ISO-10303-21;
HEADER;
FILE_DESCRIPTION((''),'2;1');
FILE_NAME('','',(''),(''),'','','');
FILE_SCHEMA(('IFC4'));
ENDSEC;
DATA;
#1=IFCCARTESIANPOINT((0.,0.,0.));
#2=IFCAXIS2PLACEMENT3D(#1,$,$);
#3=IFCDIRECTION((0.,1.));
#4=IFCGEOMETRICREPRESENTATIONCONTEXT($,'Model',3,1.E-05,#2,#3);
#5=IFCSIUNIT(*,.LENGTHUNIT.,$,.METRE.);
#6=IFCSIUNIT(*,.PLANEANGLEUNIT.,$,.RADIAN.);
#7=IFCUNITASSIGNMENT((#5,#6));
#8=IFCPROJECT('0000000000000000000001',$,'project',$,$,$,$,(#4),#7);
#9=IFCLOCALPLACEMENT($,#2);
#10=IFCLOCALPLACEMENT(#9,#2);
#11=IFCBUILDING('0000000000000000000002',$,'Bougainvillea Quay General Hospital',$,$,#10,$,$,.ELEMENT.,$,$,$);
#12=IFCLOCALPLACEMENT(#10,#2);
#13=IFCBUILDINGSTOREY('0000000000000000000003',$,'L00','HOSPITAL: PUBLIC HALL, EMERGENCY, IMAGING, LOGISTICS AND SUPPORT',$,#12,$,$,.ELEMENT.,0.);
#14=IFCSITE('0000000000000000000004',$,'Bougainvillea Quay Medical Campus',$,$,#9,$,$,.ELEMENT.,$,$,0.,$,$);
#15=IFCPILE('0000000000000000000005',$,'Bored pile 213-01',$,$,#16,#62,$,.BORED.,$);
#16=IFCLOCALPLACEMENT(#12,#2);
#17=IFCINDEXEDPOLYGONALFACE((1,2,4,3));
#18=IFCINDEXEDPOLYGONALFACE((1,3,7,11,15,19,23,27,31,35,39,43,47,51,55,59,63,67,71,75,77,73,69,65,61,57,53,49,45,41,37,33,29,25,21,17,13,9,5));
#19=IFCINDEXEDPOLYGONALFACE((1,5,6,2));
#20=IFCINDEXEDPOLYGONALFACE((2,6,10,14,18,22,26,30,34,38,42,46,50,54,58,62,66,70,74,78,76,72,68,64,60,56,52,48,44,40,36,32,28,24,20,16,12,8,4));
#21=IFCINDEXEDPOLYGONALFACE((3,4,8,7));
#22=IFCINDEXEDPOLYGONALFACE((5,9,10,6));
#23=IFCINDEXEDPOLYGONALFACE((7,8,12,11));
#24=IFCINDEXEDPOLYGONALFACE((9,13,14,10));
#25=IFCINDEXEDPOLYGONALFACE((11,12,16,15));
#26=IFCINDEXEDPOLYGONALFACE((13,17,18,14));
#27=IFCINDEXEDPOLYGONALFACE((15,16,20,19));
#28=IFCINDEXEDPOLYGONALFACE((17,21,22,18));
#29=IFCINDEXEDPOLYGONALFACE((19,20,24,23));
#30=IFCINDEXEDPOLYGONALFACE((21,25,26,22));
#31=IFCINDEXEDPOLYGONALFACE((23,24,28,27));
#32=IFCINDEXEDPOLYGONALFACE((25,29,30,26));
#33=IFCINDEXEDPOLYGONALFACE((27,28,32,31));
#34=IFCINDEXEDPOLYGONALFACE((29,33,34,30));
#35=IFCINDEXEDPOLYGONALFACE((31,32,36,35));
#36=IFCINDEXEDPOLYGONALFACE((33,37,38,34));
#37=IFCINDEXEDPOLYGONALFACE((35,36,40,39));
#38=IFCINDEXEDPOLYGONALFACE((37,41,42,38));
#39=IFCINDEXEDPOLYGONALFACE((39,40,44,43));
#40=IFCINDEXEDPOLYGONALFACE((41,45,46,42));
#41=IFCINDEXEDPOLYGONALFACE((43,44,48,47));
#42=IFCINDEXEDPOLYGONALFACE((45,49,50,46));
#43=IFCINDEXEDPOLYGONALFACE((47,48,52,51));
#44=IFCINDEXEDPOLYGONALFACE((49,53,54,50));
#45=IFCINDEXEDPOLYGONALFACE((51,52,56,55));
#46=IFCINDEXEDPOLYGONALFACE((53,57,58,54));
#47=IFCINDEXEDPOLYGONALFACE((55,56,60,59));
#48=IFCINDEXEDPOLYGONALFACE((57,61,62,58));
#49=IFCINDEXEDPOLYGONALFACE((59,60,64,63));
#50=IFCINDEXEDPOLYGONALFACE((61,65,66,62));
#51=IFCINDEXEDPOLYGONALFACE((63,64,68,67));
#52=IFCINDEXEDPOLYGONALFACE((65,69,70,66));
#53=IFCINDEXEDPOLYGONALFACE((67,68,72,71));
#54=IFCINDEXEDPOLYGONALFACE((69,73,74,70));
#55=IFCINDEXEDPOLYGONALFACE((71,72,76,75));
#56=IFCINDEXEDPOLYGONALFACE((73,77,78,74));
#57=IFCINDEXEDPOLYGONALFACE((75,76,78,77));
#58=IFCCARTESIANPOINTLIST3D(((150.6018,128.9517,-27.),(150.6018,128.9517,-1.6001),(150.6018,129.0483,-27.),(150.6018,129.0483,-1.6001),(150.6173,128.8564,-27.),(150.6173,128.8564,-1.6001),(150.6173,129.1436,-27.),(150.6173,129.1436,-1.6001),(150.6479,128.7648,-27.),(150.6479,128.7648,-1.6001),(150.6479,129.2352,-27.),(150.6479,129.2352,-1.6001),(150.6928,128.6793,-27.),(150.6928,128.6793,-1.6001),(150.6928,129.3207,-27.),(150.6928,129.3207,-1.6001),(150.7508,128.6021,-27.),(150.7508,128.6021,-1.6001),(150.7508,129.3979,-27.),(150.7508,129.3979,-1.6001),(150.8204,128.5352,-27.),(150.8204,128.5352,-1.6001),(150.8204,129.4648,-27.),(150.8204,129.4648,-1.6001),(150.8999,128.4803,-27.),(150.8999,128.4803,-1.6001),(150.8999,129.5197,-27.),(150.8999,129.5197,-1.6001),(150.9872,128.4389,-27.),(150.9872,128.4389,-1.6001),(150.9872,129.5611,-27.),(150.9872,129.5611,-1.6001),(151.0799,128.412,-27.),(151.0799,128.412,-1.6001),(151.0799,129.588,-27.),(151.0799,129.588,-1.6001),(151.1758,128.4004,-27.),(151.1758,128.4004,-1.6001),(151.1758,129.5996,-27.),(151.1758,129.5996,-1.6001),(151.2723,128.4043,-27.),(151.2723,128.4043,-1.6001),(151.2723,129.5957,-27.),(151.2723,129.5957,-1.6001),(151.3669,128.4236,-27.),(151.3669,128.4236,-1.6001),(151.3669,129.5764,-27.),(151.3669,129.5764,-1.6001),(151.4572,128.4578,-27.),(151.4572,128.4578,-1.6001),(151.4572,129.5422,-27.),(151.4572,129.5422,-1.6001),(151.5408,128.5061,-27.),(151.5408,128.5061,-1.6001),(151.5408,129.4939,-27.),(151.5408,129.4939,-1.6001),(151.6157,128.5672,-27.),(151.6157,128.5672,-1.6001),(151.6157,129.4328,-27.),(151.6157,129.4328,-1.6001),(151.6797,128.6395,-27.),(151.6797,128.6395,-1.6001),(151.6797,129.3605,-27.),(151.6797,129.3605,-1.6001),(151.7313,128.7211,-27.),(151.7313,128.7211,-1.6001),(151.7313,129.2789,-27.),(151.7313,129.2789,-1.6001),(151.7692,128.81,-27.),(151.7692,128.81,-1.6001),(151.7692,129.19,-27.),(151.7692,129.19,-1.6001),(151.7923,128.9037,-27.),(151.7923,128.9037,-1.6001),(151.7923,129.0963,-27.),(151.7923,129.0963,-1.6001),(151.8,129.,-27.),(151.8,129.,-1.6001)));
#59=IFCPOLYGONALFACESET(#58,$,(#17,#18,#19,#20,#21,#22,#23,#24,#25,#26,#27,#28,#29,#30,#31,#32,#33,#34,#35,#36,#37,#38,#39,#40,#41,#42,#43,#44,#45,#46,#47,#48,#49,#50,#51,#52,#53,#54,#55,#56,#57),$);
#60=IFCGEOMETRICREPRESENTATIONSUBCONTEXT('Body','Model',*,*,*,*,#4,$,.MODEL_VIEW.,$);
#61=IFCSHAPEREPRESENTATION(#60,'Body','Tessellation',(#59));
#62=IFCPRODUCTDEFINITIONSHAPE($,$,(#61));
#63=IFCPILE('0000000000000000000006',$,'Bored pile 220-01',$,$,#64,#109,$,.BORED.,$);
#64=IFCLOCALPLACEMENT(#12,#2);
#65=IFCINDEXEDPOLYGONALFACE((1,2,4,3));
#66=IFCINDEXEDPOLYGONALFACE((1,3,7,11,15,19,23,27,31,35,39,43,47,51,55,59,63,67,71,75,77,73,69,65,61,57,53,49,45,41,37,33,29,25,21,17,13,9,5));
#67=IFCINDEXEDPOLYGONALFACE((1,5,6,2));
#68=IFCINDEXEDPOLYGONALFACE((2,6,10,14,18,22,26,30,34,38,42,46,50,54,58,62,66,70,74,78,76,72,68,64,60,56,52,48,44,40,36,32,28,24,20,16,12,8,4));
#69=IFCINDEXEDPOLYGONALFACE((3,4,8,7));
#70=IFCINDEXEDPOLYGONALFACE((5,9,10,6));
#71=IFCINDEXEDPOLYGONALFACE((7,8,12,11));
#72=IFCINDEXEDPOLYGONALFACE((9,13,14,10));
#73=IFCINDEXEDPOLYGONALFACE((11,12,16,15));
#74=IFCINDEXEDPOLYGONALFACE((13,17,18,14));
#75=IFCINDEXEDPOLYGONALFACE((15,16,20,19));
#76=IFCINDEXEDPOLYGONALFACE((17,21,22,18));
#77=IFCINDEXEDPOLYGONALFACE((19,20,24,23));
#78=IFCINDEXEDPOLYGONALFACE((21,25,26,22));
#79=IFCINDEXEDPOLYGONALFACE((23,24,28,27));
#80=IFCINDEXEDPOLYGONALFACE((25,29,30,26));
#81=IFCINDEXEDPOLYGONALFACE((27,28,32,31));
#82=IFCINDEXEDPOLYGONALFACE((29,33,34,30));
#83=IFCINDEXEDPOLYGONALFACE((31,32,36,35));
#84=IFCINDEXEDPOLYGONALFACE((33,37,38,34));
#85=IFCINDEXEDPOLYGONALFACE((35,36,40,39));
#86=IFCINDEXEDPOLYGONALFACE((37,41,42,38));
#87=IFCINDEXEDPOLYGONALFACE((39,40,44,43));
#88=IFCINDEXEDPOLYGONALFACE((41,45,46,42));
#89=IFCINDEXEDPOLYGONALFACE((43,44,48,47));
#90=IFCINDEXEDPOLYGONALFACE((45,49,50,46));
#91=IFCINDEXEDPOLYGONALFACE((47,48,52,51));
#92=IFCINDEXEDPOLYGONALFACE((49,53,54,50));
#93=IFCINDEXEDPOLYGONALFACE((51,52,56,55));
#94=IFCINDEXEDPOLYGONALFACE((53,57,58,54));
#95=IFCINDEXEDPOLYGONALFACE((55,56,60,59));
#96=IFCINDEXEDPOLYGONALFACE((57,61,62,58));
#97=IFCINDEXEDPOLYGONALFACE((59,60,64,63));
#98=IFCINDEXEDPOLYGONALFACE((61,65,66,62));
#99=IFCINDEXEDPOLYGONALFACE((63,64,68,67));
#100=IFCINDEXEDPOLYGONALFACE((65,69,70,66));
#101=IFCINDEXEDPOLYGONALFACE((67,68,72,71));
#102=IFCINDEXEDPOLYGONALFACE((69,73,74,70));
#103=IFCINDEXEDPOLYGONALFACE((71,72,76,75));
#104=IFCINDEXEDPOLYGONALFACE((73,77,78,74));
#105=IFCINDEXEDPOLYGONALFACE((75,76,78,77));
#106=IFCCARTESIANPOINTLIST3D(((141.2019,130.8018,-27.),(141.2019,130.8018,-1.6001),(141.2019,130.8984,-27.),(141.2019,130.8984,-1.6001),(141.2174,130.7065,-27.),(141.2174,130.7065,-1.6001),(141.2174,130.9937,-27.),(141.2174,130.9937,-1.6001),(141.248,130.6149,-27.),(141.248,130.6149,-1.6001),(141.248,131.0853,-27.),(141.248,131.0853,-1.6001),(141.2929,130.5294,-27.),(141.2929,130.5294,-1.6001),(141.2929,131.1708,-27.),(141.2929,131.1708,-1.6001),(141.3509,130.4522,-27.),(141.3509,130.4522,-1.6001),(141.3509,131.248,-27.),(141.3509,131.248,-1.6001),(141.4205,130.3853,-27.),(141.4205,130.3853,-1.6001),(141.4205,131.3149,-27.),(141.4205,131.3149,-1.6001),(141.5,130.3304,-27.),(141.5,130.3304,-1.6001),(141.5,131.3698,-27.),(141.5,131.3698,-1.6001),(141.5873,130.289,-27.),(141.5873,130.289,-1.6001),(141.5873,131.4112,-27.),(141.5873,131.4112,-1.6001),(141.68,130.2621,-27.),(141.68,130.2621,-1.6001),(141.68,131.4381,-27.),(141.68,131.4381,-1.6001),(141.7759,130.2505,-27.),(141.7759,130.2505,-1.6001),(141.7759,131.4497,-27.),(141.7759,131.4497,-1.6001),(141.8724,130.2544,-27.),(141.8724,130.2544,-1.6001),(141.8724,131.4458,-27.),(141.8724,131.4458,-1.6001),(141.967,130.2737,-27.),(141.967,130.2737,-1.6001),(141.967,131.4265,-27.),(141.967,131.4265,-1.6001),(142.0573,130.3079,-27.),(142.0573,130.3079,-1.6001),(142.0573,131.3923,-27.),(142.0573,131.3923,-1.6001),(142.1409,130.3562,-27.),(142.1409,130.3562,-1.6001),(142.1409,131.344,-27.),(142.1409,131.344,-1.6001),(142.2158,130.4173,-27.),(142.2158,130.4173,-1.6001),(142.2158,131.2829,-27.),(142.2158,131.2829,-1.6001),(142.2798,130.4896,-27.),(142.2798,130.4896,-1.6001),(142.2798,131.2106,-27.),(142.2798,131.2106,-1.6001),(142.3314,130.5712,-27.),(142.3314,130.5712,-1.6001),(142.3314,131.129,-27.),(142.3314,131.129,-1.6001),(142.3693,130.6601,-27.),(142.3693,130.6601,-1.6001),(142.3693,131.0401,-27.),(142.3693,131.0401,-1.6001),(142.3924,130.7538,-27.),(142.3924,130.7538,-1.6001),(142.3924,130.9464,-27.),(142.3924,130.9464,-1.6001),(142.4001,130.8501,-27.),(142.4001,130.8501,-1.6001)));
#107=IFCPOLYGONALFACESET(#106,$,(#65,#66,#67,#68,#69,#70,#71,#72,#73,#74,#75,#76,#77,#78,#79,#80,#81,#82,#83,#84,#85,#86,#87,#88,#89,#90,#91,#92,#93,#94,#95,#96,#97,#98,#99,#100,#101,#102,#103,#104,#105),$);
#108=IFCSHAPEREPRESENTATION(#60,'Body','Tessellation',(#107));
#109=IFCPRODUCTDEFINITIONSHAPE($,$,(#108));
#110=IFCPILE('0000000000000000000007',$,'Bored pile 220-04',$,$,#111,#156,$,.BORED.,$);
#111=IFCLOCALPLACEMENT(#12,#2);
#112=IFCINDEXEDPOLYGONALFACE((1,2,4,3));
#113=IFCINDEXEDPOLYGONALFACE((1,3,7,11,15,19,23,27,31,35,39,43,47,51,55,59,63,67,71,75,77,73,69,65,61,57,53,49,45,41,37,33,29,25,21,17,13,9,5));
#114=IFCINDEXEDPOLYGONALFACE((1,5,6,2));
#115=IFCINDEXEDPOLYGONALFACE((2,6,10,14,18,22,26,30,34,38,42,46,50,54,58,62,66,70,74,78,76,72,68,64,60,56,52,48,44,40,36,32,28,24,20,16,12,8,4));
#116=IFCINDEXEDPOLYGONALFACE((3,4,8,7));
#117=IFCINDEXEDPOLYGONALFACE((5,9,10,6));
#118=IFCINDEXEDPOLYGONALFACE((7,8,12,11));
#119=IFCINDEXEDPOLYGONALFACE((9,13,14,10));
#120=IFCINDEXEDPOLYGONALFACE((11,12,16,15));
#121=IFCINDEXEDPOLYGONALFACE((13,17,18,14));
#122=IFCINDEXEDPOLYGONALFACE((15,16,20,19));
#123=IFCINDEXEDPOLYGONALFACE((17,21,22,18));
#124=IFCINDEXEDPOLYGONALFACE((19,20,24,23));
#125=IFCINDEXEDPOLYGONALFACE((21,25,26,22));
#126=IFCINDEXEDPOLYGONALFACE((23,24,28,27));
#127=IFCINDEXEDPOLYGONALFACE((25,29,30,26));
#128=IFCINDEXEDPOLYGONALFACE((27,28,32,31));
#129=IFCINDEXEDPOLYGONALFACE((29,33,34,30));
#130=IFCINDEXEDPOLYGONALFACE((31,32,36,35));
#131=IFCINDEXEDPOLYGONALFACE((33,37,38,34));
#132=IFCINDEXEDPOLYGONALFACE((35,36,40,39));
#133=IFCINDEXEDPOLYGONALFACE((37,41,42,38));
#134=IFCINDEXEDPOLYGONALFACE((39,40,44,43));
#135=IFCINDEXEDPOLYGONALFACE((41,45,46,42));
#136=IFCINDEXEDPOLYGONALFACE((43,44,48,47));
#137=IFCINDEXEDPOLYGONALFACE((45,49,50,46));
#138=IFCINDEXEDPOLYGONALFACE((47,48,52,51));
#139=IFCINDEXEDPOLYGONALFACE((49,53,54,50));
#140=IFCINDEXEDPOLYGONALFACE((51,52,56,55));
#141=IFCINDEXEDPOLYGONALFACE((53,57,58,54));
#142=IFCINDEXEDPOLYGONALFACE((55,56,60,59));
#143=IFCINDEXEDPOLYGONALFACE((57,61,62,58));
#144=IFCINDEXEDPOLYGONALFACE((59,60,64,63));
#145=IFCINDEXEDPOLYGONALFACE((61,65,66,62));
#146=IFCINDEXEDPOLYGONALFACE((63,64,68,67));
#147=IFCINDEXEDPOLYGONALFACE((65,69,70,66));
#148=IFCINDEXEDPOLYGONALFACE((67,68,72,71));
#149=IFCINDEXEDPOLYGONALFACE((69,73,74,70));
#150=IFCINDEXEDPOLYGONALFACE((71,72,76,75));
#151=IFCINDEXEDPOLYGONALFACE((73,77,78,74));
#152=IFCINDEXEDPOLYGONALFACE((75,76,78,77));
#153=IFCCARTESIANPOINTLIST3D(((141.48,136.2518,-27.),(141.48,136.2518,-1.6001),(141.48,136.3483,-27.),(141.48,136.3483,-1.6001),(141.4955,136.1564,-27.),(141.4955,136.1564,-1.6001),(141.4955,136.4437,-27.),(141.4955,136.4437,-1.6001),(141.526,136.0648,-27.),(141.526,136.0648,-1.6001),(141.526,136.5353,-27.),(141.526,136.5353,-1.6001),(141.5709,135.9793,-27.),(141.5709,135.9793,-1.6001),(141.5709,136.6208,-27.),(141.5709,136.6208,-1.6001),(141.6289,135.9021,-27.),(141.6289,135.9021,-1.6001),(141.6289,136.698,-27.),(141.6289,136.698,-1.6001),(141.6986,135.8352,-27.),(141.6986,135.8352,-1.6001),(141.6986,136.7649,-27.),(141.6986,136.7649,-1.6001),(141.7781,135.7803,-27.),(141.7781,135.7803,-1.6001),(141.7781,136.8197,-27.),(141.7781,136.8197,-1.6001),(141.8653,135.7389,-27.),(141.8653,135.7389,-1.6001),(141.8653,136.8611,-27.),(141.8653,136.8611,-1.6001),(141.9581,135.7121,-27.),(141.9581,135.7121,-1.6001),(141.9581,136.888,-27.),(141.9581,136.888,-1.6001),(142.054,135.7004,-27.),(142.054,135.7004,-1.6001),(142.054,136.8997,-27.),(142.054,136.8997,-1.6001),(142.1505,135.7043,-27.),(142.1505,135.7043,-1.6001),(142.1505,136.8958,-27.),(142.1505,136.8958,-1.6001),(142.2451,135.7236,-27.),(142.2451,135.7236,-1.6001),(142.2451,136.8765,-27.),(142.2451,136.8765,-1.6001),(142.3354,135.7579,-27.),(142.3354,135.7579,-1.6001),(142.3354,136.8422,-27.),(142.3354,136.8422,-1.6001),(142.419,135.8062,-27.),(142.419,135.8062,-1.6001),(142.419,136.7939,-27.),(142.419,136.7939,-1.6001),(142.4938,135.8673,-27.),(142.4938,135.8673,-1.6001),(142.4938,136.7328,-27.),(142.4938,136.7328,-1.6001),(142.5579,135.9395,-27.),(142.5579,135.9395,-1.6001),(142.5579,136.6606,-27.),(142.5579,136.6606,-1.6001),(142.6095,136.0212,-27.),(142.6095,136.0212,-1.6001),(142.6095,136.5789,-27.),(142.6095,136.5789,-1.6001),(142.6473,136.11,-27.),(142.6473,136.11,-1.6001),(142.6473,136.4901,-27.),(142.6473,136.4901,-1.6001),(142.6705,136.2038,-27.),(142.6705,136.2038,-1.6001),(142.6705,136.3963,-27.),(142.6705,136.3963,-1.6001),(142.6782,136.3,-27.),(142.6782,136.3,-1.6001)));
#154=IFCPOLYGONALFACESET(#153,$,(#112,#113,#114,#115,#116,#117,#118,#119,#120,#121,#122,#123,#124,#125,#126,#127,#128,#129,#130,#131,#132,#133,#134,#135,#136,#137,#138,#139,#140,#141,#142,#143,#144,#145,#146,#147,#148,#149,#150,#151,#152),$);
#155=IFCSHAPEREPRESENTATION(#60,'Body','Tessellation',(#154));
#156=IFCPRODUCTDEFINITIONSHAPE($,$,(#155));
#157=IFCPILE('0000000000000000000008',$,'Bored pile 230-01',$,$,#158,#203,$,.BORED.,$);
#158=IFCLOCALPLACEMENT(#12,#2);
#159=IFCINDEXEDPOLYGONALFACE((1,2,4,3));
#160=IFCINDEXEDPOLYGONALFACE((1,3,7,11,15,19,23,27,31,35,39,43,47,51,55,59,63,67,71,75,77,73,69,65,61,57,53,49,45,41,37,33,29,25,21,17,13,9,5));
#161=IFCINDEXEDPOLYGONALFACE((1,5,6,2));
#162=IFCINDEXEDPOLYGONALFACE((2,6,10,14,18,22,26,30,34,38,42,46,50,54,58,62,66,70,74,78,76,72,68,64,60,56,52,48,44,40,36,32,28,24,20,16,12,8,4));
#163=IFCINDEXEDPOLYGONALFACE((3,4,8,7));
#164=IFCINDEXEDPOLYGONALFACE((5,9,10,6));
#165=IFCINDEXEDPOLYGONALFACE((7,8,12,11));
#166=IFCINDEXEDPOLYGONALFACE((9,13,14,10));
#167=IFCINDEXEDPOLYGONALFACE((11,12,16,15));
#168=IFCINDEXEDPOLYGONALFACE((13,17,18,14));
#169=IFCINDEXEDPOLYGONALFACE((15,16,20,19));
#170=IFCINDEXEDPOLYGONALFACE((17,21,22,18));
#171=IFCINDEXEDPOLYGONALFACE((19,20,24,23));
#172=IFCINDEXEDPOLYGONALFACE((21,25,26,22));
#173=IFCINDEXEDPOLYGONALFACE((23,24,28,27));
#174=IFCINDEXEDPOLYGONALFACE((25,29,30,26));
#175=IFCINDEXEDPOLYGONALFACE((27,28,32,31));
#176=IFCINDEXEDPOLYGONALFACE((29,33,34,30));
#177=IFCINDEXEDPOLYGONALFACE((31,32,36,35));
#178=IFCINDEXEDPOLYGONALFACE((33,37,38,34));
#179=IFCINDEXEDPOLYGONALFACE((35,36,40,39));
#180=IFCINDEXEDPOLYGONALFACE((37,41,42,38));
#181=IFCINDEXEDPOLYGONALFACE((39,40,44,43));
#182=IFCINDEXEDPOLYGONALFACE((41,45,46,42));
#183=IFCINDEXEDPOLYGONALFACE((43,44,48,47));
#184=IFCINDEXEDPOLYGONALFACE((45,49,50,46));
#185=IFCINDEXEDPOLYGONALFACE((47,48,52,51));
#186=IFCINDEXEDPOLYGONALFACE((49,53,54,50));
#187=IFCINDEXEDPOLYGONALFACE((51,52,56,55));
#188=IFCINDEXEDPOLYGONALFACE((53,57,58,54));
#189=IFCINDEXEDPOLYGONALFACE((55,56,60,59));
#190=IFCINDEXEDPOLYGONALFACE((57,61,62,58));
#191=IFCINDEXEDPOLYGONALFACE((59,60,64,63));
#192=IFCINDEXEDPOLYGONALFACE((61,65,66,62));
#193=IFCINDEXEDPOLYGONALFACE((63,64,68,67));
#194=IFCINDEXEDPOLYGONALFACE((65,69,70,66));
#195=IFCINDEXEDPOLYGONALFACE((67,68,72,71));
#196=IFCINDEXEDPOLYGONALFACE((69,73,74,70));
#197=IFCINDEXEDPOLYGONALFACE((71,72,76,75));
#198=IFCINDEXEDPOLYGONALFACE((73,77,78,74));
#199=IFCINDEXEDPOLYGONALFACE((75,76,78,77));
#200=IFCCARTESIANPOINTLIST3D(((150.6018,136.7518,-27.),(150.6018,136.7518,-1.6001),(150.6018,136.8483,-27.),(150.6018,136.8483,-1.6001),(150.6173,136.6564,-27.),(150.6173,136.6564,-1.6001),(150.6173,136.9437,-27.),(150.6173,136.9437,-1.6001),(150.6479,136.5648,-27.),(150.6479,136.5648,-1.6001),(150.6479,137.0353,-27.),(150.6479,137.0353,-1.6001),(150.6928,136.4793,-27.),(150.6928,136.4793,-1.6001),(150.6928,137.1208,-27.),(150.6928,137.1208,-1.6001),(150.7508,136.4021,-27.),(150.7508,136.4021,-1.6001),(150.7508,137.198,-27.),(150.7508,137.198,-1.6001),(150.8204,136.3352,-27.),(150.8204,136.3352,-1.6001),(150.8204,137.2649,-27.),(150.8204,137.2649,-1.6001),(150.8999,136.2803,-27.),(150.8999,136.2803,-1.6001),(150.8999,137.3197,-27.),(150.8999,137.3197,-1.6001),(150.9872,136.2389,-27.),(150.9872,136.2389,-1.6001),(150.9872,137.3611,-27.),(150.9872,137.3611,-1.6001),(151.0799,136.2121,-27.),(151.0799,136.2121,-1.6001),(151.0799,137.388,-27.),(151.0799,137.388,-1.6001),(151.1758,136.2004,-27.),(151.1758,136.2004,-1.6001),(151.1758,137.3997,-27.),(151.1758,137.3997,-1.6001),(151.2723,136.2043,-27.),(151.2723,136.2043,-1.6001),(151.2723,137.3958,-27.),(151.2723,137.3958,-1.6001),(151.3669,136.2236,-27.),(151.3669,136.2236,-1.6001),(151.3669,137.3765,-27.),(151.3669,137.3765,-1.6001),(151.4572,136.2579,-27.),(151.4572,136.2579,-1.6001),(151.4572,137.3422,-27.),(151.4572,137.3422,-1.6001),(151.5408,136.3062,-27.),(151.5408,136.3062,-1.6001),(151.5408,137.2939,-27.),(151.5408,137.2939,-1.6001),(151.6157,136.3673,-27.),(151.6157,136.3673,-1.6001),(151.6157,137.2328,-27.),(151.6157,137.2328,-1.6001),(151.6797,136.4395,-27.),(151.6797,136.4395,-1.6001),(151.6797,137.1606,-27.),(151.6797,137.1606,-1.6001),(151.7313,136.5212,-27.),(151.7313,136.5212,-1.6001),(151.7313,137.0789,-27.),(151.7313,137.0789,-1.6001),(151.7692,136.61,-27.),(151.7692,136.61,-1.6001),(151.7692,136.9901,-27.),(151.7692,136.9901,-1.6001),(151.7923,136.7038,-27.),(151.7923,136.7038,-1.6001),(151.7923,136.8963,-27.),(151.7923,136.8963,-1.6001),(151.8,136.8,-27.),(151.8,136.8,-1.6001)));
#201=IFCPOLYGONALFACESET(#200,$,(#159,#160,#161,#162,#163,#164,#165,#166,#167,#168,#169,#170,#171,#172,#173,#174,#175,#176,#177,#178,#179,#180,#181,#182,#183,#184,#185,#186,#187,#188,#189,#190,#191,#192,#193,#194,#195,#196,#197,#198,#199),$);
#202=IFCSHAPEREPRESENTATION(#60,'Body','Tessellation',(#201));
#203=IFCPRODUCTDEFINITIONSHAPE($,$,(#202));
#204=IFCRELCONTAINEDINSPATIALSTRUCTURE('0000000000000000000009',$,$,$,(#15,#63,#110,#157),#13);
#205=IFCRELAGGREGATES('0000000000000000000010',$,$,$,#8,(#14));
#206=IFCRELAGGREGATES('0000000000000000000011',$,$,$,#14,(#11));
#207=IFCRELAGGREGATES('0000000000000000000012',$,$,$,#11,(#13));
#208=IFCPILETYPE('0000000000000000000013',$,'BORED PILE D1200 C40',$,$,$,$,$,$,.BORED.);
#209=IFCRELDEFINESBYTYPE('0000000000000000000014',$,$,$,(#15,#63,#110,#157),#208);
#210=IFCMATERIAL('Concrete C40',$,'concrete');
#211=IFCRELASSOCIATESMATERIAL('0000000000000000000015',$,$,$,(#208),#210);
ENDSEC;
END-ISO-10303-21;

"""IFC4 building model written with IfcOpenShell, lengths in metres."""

from ifc_helpers import new_model, si_unit, direction, frame, origin, origin_2d, place, context, subcontext, project, spatial, circle, extrude, material, material_profile, profile_set, type_object, element, save


model = new_model("IFC4")

# Units and contexts
model_context = context("Model", 3, precision=1e-05, world=origin(), true_north=direction((0.0, 1.0)))
body_context = subcontext(model_context, "Body", "Model", "MODEL_VIEW")
ifc_project = project(units=[si_unit("LENGTHUNIT", "METRE"), si_unit("PLANEANGLEUNIT", "RADIAN")], contexts=[model_context])

# Site, building, storey
site_placement = place(None, origin())
site = spatial("IfcSite", under=ifc_project, at=site_placement, Name="Bougainvillea Quay Medical Campus", CompositionType="ELEMENT", RefElevation=0.0)
building_placement = place(site_placement, origin())
building = spatial("IfcBuilding", under=site, at=building_placement, Name="Bougainvillea Quay General Hospital", CompositionType="ELEMENT")
storey_placement = place(building_placement, origin())
storey = spatial("IfcBuildingStorey", under=building, at=storey_placement, Name="L00", Description="HOSPITAL: PUBLIC HALL, EMERGENCY, IMAGING, LOGISTICS AND SUPPORT", CompositionType="ELEMENT", Elevation=0.0)

# Piles
ifc_material_1 = material(Name="Concrete C40", Category="concrete")
ifc_material_profile_1 = material_profile(ifc_material_1, circle(Radius=0.6001, at=origin_2d()))
ifc_profile_set_1 = profile_set([ifc_material_profile_1], Name="Concrete C40")
pile_type = type_object("IfcPileType", Name="BORED PILE D1200 C40", PredefinedType="BORED", material=ifc_profile_set_1)
for number, where, z_axis, x_axis, name in (
    (1, (151.2, 129.0, -1.6001), (0.0, 0.0, -1.0), (1.0, 0.0, 0.0), "Bored pile 213-01"),
    (2, (141.8, 130.8501, -1.6001), (0.0, 0.0, -1.0), (1.0, 0.0, 0.0), "Bored pile 220-01"),
    (3, (142.0781, 136.3, -1.6001), (0.0, 0.0, -1.0), (1.0, 0.0, 0.0), "Bored pile 220-04"),
    (4, (151.2, 136.8, -1.6001), (0.0, 0.0, -1.0), (1.0, 0.0, 0.0), "Bored pile 230-01"),
):
    element("IfcPile", number, at=place(storey_placement, frame(where, z_axis=z_axis, x_axis=x_axis)), inside=storey, type_object=pile_type, Name=name, PredefinedType="BORED", context=body_context, shape_type="SweptSolid", body=[
        extrude(circle(Radius=0.6001, at=origin_2d()), origin(), (0.0, 0.0, 1.0), 25.3999),
    ])

save(model, "model.ifc")
